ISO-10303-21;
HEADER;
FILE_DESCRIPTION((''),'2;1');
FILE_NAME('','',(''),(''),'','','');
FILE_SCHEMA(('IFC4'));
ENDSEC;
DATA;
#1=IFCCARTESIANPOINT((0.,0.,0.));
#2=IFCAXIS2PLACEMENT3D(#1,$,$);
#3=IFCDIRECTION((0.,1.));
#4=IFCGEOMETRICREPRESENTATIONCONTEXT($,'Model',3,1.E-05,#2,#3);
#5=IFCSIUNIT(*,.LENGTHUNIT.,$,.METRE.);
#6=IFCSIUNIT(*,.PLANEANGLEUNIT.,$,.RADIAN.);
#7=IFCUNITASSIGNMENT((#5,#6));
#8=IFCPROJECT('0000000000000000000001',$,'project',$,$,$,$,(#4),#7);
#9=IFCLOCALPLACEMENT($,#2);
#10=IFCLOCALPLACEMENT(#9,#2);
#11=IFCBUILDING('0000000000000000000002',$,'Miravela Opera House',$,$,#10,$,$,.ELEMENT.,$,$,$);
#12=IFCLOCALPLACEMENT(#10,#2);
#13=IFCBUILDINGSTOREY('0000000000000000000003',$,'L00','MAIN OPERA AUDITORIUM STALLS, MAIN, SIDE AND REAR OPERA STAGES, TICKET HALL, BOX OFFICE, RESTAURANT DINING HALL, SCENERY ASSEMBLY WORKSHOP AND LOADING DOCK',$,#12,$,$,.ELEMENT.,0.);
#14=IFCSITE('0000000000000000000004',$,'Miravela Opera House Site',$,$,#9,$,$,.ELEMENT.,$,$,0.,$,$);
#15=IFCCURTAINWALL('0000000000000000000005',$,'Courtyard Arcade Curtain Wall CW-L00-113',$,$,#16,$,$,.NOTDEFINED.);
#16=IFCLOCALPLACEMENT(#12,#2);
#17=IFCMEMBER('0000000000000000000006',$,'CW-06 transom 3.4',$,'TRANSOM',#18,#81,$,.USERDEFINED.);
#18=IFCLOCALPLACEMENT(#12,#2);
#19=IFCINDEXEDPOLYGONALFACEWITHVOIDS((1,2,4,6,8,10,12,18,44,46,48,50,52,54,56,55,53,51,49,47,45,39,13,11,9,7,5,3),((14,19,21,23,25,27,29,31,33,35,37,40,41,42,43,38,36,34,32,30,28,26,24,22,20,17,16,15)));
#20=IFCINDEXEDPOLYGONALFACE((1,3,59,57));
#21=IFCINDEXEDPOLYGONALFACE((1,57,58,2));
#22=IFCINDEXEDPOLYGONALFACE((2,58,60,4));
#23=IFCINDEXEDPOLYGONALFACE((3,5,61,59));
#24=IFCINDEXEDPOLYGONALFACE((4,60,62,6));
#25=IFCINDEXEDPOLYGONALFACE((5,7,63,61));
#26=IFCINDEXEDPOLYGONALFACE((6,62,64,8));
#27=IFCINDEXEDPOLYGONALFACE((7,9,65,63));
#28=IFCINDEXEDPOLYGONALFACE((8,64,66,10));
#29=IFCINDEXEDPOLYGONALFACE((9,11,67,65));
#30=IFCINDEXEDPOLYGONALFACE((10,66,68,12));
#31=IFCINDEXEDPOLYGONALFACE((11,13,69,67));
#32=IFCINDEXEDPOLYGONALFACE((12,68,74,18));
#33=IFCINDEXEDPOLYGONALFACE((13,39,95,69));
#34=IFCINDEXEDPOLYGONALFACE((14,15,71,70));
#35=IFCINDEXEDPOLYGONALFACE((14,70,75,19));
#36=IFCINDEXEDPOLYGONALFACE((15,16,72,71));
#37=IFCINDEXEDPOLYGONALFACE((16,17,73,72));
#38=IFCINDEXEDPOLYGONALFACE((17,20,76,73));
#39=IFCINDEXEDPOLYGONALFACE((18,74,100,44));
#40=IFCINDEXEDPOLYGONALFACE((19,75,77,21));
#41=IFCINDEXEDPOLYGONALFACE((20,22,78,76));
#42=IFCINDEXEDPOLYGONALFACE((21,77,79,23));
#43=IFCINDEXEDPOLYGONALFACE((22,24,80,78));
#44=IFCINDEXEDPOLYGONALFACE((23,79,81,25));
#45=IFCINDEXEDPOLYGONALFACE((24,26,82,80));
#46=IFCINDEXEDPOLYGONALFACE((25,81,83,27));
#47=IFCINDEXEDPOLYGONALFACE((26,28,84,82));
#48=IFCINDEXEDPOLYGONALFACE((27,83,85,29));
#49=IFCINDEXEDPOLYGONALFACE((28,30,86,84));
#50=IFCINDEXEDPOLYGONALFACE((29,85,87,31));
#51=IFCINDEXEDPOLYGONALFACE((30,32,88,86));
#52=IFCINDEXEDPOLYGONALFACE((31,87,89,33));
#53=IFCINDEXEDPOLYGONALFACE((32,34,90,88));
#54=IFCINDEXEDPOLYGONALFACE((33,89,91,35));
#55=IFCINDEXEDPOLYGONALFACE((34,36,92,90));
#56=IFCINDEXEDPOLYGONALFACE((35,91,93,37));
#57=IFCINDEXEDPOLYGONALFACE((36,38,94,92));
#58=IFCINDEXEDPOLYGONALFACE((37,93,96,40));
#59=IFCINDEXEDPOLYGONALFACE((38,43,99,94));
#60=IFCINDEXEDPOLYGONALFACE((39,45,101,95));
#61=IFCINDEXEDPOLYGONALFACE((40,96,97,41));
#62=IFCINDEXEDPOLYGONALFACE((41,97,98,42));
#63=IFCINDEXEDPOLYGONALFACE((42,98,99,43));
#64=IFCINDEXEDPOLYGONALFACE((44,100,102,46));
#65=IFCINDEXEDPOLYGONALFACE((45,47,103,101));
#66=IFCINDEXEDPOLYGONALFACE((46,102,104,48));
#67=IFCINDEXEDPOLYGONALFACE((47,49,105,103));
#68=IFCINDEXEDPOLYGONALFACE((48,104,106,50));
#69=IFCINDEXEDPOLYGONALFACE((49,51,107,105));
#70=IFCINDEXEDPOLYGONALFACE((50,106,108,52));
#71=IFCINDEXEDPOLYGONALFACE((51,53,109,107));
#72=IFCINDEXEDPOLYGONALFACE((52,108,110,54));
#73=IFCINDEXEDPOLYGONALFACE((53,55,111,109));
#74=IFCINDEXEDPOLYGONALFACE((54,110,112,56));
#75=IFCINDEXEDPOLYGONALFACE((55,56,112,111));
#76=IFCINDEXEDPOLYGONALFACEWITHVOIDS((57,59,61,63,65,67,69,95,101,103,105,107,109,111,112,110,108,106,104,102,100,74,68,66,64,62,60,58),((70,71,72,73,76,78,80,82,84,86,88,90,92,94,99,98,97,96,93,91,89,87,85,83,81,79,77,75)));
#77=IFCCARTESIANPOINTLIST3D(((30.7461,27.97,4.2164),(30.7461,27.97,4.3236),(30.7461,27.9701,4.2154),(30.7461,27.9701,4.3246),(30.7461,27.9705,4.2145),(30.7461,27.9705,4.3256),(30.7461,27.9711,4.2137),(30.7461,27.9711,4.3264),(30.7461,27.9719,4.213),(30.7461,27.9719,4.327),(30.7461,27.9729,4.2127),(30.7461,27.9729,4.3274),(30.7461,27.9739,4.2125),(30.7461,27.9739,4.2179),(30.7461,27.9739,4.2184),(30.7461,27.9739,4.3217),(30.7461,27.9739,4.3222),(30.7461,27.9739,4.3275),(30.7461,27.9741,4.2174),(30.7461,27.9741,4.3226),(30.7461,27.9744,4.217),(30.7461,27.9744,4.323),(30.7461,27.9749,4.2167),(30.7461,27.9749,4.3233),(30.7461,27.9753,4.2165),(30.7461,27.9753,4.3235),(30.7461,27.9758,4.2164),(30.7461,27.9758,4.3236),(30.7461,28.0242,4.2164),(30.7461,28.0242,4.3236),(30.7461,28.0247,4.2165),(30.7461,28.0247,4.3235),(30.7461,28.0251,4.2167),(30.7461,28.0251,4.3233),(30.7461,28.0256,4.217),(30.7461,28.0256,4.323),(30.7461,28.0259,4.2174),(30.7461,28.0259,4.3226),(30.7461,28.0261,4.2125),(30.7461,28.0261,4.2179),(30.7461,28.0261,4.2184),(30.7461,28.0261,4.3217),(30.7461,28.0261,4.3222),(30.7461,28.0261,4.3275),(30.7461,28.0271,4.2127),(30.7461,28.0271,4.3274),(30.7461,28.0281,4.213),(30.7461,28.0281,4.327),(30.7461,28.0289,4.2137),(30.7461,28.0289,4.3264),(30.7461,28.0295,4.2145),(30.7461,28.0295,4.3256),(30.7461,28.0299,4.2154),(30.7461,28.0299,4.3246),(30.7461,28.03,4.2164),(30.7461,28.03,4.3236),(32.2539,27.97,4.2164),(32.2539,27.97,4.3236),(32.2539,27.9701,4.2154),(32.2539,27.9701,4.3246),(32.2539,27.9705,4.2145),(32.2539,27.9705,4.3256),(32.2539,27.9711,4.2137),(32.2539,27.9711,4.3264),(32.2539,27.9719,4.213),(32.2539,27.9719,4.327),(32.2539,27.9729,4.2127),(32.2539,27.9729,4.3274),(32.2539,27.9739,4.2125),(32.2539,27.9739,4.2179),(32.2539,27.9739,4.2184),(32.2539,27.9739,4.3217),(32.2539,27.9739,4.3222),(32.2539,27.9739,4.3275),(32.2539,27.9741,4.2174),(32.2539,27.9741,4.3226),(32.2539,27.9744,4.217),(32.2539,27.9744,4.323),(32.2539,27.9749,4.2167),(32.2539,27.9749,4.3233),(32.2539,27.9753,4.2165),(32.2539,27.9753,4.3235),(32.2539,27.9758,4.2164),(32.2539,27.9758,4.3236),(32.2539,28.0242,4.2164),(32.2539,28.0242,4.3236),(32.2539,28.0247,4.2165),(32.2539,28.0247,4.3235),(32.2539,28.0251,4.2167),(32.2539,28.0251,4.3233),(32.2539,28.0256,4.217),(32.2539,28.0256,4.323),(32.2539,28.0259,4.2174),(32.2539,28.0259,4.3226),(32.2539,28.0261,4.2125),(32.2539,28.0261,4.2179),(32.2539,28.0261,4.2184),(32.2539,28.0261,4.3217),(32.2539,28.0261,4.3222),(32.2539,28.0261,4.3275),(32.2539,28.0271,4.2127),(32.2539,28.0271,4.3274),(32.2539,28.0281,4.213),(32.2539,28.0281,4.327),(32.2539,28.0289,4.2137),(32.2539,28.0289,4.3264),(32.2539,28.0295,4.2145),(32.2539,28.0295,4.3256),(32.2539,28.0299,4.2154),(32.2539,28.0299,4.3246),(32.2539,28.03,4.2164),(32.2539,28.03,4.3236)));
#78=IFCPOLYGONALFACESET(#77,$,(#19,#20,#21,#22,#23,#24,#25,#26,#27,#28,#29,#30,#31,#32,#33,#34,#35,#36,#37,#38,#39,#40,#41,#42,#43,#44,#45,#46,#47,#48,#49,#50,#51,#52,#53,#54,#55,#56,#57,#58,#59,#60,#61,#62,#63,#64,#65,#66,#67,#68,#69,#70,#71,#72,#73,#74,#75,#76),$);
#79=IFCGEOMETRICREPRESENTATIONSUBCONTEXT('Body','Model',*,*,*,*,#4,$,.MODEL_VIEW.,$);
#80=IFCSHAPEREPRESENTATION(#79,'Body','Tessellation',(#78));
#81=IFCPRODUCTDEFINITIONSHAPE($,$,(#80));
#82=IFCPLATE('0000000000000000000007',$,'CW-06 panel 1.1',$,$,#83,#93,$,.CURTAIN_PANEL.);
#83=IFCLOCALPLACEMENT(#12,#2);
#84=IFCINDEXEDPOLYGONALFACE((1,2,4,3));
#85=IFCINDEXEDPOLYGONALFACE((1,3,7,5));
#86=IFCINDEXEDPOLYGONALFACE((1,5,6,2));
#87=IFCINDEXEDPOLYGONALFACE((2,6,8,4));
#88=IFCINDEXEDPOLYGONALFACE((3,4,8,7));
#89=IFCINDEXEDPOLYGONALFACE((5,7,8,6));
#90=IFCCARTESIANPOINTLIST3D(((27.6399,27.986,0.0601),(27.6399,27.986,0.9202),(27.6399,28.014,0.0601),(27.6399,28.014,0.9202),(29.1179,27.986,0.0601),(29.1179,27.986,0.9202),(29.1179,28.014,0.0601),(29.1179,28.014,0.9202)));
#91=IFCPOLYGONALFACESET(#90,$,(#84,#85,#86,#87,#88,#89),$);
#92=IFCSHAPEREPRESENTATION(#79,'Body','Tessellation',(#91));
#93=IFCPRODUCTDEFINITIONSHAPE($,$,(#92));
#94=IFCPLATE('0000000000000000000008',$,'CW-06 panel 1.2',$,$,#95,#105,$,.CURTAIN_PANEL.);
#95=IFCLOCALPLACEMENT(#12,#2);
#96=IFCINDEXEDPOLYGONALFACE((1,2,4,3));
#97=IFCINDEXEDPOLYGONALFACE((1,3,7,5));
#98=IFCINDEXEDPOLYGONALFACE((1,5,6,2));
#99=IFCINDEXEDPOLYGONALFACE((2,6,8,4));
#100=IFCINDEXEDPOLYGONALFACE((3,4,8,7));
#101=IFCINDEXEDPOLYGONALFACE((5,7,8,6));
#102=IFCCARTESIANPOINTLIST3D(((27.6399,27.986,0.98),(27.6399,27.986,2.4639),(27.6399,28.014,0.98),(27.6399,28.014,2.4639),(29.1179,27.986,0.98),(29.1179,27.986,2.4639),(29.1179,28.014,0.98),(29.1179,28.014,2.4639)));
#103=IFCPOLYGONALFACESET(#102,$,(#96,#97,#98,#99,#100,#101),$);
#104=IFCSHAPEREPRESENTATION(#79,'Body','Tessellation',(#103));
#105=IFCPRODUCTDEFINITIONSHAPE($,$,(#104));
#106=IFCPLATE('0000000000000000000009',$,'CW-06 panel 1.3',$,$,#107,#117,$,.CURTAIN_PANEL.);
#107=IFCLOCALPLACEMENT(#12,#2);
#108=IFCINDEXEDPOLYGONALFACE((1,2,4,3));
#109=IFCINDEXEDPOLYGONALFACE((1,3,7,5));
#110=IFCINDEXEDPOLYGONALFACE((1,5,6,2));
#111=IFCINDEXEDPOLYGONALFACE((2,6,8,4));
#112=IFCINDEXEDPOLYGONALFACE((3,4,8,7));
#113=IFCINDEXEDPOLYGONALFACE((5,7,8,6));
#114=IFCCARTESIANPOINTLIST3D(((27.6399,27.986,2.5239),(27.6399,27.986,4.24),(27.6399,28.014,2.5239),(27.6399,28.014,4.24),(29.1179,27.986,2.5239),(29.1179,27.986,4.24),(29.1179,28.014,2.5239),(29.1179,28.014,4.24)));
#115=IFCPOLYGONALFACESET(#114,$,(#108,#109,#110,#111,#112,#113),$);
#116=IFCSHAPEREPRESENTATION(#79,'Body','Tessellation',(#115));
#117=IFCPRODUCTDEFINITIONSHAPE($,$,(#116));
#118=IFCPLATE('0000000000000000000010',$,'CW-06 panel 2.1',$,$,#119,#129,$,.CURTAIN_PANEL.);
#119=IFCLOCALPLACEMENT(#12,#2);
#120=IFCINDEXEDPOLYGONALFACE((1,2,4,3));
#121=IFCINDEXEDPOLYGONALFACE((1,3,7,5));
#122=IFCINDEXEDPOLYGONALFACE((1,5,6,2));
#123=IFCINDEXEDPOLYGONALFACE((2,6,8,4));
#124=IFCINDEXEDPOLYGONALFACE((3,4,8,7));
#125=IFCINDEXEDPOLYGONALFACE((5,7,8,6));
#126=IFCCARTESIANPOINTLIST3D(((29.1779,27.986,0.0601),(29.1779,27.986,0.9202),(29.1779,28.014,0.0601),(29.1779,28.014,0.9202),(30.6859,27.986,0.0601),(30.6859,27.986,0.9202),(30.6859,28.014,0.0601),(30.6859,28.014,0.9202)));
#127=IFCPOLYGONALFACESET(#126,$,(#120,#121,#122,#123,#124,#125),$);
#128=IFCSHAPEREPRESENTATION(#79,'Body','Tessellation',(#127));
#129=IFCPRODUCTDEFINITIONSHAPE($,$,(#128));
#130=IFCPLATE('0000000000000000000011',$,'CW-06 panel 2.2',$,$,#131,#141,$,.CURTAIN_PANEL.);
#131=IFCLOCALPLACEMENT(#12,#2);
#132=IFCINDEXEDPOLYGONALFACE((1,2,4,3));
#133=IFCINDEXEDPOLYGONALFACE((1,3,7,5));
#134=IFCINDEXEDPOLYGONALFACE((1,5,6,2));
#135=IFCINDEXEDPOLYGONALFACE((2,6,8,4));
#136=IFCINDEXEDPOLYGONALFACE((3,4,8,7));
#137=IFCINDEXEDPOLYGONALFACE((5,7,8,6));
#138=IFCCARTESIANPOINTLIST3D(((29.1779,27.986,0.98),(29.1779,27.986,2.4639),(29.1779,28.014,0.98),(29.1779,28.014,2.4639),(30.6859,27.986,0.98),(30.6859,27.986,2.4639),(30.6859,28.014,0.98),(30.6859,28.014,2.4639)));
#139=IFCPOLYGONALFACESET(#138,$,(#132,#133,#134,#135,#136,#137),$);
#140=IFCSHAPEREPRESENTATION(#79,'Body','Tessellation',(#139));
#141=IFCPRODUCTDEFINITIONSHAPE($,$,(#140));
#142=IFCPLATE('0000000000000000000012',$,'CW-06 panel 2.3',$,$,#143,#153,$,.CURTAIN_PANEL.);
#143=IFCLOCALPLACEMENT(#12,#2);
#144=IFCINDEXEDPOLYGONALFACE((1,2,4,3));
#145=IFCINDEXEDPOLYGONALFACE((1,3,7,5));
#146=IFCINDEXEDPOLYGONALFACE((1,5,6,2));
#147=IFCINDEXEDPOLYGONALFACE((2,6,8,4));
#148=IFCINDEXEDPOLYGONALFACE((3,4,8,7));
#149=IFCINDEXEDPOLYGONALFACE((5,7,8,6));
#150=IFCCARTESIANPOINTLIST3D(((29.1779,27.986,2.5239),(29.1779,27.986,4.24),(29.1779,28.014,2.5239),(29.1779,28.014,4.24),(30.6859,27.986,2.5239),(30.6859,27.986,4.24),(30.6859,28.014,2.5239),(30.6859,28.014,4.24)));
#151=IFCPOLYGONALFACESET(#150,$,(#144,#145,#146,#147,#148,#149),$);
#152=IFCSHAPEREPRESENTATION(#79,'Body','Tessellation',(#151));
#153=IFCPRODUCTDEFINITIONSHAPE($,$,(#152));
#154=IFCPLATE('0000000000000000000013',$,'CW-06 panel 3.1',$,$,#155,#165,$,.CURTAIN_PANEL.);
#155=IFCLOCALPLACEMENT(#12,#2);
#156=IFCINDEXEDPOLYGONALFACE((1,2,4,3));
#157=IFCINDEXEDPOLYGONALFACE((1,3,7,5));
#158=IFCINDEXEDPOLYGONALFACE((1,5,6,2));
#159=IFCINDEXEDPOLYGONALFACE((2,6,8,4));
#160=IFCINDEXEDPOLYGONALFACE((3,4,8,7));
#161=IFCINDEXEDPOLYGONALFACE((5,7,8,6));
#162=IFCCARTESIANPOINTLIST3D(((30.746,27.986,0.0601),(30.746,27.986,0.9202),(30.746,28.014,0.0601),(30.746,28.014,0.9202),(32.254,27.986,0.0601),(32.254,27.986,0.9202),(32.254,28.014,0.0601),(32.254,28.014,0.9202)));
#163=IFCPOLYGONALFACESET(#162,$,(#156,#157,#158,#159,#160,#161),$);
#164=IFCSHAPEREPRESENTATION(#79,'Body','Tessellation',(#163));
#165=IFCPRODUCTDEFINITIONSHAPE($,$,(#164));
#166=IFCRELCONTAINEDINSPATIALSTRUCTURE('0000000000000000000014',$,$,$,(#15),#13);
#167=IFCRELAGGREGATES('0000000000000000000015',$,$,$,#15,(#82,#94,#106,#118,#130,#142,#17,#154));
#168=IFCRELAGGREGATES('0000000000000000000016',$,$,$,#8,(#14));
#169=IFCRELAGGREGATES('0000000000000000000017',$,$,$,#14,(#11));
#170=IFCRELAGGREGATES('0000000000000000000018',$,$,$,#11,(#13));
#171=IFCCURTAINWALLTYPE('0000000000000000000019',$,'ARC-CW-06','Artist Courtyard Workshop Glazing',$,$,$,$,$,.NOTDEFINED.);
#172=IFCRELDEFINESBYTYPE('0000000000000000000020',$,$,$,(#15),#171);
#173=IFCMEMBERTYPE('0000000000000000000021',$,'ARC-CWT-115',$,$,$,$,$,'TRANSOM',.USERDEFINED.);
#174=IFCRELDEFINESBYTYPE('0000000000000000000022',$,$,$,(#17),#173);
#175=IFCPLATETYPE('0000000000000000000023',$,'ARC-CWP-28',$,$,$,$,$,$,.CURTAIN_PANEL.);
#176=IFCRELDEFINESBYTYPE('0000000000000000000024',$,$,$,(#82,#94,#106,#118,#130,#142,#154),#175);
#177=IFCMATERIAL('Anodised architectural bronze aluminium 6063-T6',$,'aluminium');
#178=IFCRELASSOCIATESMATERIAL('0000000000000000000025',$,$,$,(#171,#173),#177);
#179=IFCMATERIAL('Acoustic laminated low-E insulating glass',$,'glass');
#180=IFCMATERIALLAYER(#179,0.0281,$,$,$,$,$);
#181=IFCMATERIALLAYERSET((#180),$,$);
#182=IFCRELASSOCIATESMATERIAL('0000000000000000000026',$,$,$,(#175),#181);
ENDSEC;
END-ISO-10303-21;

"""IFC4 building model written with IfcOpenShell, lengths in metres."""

from ifc_helpers import new_model, si_unit, direction, frame, origin, origin_2d, place, context, subcontext, project, spatial, rectangle, hollow_rectangle, extrude, material, layer, layer_set, material_profile, profile_set, type_object, element, aggregate, save


model = new_model("IFC4")

# Units and contexts
model_context = context("Model", 3, precision=1e-05, world=origin(), true_north=direction((0.0, 1.0)))
body_context = subcontext(model_context, "Body", "Model", "MODEL_VIEW")
ifc_project = project(units=[si_unit("LENGTHUNIT", "METRE"), si_unit("PLANEANGLEUNIT", "RADIAN")], contexts=[model_context])

# Site, building, storey
site_placement = place(None, origin())
site = spatial("IfcSite", under=ifc_project, at=site_placement, Name="Miravela Opera House Site", CompositionType="ELEMENT", RefElevation=0.0)
building_placement = place(site_placement, origin())
building = spatial("IfcBuilding", under=site, at=building_placement, Name="Miravela Opera House", CompositionType="ELEMENT")
storey_placement = place(building_placement, origin())
storey = spatial("IfcBuildingStorey", under=building, at=storey_placement, Name="L00", Description="MAIN OPERA AUDITORIUM STALLS, MAIN, SIDE AND REAR OPERA STAGES, TICKET HALL, BOX OFFICE, RESTAURANT DINING HALL, SCENERY ASSEMBLY WORKSHOP AND LOADING DOCK", CompositionType="ELEMENT", Elevation=0.0)

# Curtain wall, member, plates
ifc_material_1 = material(Name="Anodised architectural bronze aluminium 6063-T6", Category="aluminium")
curtain_wall_type = type_object("IfcCurtainWallType", Name="ARC-CW-06", Description="Artist Courtyard Workshop Glazing", PredefinedType="NOTDEFINED", material=ifc_material_1)
curtain_wall_placement = place(storey_placement, origin())
curtain_wall = element("IfcCurtainWall", 1, at=curtain_wall_placement, inside=storey, type_object=curtain_wall_type, Name="Courtyard Arcade Curtain Wall CW-L00-113", PredefinedType="NOTDEFINED")
ifc_material_profile_1 = material_profile(ifc_material_1, hollow_rectangle(XDim=0.0601, YDim=0.115, WallThickness=0.0039, InnerFilletRadius=0.002, OuterFilletRadius=0.0039, at=origin_2d()), Name="CWT-60X115")
ifc_profile_set_1 = profile_set([ifc_material_profile_1])
member_type_1 = type_object("IfcMemberType", Name="ARC-CWT-115", ElementType="TRANSOM", PredefinedType="USERDEFINED", material=ifc_profile_set_1)
member_1_placement = place(storey_placement, frame((30.7461, 28.0, 4.27), z_axis=(1.0, 0.0, 0.0), x_axis=(0.0, 1.0, 0.0)))
member_1 = element("IfcMember", 2, at=member_1_placement, type_object=member_type_1, Name="CW-06 transom 3.4", ObjectType="TRANSOM", PredefinedType="USERDEFINED", context=body_context, shape_type="SweptSolid", body=[
    extrude(hollow_rectangle(XDim=0.0601, YDim=0.115, WallThickness=0.0039, InnerFilletRadius=0.002, OuterFilletRadius=0.0039, at=origin_2d()), origin(), (0.0, 0.0, 1.0), 1.5078),
])
ifc_material_2 = material(Name="Acoustic laminated low-E insulating glass", Category="glass")
ifc_layer = layer(ifc_material_2, 0.0281)
ifc_layer_set = layer_set([ifc_layer])
plate_type = type_object("IfcPlateType", Name="ARC-CWP-28", PredefinedType="CURTAIN_PANEL", material=ifc_layer_set)
plate_1_placement = place(storey_placement, frame((28.3789, 28.0, 0.0601), z_axis=(0.0, 0.0, 1.0), x_axis=(1.0, 0.0, 0.0)))
plate_1 = element("IfcPlate", 3, at=plate_1_placement, type_object=plate_type, Name="CW-06 panel 1.1", PredefinedType="CURTAIN_PANEL", context=body_context, shape_type="SweptSolid", body=[
    extrude(rectangle(XDim=1.478, YDim=0.0281, at=origin_2d()), origin(), (0.0, 0.0, 1.0), 0.8601),
])
plate_2_placement = place(storey_placement, frame((28.3789, 28.0, 0.98), z_axis=(0.0, 0.0, 1.0), x_axis=(1.0, 0.0, 0.0)))
plate_2 = element("IfcPlate", 4, at=plate_2_placement, type_object=plate_type, Name="CW-06 panel 1.2", PredefinedType="CURTAIN_PANEL", context=body_context, shape_type="SweptSolid", body=[
    extrude(rectangle(XDim=1.478, YDim=0.0281, at=origin_2d()), origin(), (0.0, 0.0, 1.0), 1.4839),
])
plate_3_placement = place(storey_placement, frame((28.3789, 28.0, 2.5239), z_axis=(0.0, 0.0, 1.0), x_axis=(1.0, 0.0, 0.0)))
plate_3 = element("IfcPlate", 5, at=plate_3_placement, type_object=plate_type, Name="CW-06 panel 1.3", PredefinedType="CURTAIN_PANEL", context=body_context, shape_type="SweptSolid", body=[
    extrude(rectangle(XDim=1.478, YDim=0.0281, at=origin_2d()), origin(), (0.0, 0.0, 1.0), 1.7161),
])
plate_4_placement = place(storey_placement, frame((29.9319, 28.0, 0.0601), z_axis=(0.0, 0.0, 1.0), x_axis=(1.0, 0.0, 0.0)))
plate_4 = element("IfcPlate", 6, at=plate_4_placement, type_object=plate_type, Name="CW-06 panel 2.1", PredefinedType="CURTAIN_PANEL", context=body_context, shape_type="SweptSolid", body=[
    extrude(rectangle(XDim=1.5081, YDim=0.0281, at=origin_2d()), origin(), (0.0, 0.0, 1.0), 0.8601),
])
plate_5_placement = place(storey_placement, frame((29.9319, 28.0, 0.98), z_axis=(0.0, 0.0, 1.0), x_axis=(1.0, 0.0, 0.0)))
plate_5 = element("IfcPlate", 7, at=plate_5_placement, type_object=plate_type, Name="CW-06 panel 2.2", PredefinedType="CURTAIN_PANEL", context=body_context, shape_type="SweptSolid", body=[
    extrude(rectangle(XDim=1.5081, YDim=0.0281, at=origin_2d()), origin(), (0.0, 0.0, 1.0), 1.4839),
])
plate_6_placement = place(storey_placement, frame((29.9319, 28.0, 2.5239), z_axis=(0.0, 0.0, 1.0), x_axis=(1.0, 0.0, 0.0)))
plate_6 = element("IfcPlate", 8, at=plate_6_placement, type_object=plate_type, Name="CW-06 panel 2.3", PredefinedType="CURTAIN_PANEL", context=body_context, shape_type="SweptSolid", body=[
    extrude(rectangle(XDim=1.5081, YDim=0.0281, at=origin_2d()), origin(), (0.0, 0.0, 1.0), 1.7161),
])
plate_7_placement = place(storey_placement, frame((31.5, 28.0, 0.0601), z_axis=(0.0, 0.0, 1.0), x_axis=(1.0, 0.0, 0.0)))
plate_7 = element("IfcPlate", 9, at=plate_7_placement, type_object=plate_type, Name="CW-06 panel 3.1", PredefinedType="CURTAIN_PANEL", context=body_context, shape_type="SweptSolid", body=[
    extrude(rectangle(XDim=1.5081, YDim=0.0281, at=origin_2d()), origin(), (0.0, 0.0, 1.0), 0.8601),
])
aggregate(curtain_wall, [plate_1, plate_2, plate_3, plate_4, plate_5, plate_6, member_1, plate_7])

save(model, "model.ifc")
